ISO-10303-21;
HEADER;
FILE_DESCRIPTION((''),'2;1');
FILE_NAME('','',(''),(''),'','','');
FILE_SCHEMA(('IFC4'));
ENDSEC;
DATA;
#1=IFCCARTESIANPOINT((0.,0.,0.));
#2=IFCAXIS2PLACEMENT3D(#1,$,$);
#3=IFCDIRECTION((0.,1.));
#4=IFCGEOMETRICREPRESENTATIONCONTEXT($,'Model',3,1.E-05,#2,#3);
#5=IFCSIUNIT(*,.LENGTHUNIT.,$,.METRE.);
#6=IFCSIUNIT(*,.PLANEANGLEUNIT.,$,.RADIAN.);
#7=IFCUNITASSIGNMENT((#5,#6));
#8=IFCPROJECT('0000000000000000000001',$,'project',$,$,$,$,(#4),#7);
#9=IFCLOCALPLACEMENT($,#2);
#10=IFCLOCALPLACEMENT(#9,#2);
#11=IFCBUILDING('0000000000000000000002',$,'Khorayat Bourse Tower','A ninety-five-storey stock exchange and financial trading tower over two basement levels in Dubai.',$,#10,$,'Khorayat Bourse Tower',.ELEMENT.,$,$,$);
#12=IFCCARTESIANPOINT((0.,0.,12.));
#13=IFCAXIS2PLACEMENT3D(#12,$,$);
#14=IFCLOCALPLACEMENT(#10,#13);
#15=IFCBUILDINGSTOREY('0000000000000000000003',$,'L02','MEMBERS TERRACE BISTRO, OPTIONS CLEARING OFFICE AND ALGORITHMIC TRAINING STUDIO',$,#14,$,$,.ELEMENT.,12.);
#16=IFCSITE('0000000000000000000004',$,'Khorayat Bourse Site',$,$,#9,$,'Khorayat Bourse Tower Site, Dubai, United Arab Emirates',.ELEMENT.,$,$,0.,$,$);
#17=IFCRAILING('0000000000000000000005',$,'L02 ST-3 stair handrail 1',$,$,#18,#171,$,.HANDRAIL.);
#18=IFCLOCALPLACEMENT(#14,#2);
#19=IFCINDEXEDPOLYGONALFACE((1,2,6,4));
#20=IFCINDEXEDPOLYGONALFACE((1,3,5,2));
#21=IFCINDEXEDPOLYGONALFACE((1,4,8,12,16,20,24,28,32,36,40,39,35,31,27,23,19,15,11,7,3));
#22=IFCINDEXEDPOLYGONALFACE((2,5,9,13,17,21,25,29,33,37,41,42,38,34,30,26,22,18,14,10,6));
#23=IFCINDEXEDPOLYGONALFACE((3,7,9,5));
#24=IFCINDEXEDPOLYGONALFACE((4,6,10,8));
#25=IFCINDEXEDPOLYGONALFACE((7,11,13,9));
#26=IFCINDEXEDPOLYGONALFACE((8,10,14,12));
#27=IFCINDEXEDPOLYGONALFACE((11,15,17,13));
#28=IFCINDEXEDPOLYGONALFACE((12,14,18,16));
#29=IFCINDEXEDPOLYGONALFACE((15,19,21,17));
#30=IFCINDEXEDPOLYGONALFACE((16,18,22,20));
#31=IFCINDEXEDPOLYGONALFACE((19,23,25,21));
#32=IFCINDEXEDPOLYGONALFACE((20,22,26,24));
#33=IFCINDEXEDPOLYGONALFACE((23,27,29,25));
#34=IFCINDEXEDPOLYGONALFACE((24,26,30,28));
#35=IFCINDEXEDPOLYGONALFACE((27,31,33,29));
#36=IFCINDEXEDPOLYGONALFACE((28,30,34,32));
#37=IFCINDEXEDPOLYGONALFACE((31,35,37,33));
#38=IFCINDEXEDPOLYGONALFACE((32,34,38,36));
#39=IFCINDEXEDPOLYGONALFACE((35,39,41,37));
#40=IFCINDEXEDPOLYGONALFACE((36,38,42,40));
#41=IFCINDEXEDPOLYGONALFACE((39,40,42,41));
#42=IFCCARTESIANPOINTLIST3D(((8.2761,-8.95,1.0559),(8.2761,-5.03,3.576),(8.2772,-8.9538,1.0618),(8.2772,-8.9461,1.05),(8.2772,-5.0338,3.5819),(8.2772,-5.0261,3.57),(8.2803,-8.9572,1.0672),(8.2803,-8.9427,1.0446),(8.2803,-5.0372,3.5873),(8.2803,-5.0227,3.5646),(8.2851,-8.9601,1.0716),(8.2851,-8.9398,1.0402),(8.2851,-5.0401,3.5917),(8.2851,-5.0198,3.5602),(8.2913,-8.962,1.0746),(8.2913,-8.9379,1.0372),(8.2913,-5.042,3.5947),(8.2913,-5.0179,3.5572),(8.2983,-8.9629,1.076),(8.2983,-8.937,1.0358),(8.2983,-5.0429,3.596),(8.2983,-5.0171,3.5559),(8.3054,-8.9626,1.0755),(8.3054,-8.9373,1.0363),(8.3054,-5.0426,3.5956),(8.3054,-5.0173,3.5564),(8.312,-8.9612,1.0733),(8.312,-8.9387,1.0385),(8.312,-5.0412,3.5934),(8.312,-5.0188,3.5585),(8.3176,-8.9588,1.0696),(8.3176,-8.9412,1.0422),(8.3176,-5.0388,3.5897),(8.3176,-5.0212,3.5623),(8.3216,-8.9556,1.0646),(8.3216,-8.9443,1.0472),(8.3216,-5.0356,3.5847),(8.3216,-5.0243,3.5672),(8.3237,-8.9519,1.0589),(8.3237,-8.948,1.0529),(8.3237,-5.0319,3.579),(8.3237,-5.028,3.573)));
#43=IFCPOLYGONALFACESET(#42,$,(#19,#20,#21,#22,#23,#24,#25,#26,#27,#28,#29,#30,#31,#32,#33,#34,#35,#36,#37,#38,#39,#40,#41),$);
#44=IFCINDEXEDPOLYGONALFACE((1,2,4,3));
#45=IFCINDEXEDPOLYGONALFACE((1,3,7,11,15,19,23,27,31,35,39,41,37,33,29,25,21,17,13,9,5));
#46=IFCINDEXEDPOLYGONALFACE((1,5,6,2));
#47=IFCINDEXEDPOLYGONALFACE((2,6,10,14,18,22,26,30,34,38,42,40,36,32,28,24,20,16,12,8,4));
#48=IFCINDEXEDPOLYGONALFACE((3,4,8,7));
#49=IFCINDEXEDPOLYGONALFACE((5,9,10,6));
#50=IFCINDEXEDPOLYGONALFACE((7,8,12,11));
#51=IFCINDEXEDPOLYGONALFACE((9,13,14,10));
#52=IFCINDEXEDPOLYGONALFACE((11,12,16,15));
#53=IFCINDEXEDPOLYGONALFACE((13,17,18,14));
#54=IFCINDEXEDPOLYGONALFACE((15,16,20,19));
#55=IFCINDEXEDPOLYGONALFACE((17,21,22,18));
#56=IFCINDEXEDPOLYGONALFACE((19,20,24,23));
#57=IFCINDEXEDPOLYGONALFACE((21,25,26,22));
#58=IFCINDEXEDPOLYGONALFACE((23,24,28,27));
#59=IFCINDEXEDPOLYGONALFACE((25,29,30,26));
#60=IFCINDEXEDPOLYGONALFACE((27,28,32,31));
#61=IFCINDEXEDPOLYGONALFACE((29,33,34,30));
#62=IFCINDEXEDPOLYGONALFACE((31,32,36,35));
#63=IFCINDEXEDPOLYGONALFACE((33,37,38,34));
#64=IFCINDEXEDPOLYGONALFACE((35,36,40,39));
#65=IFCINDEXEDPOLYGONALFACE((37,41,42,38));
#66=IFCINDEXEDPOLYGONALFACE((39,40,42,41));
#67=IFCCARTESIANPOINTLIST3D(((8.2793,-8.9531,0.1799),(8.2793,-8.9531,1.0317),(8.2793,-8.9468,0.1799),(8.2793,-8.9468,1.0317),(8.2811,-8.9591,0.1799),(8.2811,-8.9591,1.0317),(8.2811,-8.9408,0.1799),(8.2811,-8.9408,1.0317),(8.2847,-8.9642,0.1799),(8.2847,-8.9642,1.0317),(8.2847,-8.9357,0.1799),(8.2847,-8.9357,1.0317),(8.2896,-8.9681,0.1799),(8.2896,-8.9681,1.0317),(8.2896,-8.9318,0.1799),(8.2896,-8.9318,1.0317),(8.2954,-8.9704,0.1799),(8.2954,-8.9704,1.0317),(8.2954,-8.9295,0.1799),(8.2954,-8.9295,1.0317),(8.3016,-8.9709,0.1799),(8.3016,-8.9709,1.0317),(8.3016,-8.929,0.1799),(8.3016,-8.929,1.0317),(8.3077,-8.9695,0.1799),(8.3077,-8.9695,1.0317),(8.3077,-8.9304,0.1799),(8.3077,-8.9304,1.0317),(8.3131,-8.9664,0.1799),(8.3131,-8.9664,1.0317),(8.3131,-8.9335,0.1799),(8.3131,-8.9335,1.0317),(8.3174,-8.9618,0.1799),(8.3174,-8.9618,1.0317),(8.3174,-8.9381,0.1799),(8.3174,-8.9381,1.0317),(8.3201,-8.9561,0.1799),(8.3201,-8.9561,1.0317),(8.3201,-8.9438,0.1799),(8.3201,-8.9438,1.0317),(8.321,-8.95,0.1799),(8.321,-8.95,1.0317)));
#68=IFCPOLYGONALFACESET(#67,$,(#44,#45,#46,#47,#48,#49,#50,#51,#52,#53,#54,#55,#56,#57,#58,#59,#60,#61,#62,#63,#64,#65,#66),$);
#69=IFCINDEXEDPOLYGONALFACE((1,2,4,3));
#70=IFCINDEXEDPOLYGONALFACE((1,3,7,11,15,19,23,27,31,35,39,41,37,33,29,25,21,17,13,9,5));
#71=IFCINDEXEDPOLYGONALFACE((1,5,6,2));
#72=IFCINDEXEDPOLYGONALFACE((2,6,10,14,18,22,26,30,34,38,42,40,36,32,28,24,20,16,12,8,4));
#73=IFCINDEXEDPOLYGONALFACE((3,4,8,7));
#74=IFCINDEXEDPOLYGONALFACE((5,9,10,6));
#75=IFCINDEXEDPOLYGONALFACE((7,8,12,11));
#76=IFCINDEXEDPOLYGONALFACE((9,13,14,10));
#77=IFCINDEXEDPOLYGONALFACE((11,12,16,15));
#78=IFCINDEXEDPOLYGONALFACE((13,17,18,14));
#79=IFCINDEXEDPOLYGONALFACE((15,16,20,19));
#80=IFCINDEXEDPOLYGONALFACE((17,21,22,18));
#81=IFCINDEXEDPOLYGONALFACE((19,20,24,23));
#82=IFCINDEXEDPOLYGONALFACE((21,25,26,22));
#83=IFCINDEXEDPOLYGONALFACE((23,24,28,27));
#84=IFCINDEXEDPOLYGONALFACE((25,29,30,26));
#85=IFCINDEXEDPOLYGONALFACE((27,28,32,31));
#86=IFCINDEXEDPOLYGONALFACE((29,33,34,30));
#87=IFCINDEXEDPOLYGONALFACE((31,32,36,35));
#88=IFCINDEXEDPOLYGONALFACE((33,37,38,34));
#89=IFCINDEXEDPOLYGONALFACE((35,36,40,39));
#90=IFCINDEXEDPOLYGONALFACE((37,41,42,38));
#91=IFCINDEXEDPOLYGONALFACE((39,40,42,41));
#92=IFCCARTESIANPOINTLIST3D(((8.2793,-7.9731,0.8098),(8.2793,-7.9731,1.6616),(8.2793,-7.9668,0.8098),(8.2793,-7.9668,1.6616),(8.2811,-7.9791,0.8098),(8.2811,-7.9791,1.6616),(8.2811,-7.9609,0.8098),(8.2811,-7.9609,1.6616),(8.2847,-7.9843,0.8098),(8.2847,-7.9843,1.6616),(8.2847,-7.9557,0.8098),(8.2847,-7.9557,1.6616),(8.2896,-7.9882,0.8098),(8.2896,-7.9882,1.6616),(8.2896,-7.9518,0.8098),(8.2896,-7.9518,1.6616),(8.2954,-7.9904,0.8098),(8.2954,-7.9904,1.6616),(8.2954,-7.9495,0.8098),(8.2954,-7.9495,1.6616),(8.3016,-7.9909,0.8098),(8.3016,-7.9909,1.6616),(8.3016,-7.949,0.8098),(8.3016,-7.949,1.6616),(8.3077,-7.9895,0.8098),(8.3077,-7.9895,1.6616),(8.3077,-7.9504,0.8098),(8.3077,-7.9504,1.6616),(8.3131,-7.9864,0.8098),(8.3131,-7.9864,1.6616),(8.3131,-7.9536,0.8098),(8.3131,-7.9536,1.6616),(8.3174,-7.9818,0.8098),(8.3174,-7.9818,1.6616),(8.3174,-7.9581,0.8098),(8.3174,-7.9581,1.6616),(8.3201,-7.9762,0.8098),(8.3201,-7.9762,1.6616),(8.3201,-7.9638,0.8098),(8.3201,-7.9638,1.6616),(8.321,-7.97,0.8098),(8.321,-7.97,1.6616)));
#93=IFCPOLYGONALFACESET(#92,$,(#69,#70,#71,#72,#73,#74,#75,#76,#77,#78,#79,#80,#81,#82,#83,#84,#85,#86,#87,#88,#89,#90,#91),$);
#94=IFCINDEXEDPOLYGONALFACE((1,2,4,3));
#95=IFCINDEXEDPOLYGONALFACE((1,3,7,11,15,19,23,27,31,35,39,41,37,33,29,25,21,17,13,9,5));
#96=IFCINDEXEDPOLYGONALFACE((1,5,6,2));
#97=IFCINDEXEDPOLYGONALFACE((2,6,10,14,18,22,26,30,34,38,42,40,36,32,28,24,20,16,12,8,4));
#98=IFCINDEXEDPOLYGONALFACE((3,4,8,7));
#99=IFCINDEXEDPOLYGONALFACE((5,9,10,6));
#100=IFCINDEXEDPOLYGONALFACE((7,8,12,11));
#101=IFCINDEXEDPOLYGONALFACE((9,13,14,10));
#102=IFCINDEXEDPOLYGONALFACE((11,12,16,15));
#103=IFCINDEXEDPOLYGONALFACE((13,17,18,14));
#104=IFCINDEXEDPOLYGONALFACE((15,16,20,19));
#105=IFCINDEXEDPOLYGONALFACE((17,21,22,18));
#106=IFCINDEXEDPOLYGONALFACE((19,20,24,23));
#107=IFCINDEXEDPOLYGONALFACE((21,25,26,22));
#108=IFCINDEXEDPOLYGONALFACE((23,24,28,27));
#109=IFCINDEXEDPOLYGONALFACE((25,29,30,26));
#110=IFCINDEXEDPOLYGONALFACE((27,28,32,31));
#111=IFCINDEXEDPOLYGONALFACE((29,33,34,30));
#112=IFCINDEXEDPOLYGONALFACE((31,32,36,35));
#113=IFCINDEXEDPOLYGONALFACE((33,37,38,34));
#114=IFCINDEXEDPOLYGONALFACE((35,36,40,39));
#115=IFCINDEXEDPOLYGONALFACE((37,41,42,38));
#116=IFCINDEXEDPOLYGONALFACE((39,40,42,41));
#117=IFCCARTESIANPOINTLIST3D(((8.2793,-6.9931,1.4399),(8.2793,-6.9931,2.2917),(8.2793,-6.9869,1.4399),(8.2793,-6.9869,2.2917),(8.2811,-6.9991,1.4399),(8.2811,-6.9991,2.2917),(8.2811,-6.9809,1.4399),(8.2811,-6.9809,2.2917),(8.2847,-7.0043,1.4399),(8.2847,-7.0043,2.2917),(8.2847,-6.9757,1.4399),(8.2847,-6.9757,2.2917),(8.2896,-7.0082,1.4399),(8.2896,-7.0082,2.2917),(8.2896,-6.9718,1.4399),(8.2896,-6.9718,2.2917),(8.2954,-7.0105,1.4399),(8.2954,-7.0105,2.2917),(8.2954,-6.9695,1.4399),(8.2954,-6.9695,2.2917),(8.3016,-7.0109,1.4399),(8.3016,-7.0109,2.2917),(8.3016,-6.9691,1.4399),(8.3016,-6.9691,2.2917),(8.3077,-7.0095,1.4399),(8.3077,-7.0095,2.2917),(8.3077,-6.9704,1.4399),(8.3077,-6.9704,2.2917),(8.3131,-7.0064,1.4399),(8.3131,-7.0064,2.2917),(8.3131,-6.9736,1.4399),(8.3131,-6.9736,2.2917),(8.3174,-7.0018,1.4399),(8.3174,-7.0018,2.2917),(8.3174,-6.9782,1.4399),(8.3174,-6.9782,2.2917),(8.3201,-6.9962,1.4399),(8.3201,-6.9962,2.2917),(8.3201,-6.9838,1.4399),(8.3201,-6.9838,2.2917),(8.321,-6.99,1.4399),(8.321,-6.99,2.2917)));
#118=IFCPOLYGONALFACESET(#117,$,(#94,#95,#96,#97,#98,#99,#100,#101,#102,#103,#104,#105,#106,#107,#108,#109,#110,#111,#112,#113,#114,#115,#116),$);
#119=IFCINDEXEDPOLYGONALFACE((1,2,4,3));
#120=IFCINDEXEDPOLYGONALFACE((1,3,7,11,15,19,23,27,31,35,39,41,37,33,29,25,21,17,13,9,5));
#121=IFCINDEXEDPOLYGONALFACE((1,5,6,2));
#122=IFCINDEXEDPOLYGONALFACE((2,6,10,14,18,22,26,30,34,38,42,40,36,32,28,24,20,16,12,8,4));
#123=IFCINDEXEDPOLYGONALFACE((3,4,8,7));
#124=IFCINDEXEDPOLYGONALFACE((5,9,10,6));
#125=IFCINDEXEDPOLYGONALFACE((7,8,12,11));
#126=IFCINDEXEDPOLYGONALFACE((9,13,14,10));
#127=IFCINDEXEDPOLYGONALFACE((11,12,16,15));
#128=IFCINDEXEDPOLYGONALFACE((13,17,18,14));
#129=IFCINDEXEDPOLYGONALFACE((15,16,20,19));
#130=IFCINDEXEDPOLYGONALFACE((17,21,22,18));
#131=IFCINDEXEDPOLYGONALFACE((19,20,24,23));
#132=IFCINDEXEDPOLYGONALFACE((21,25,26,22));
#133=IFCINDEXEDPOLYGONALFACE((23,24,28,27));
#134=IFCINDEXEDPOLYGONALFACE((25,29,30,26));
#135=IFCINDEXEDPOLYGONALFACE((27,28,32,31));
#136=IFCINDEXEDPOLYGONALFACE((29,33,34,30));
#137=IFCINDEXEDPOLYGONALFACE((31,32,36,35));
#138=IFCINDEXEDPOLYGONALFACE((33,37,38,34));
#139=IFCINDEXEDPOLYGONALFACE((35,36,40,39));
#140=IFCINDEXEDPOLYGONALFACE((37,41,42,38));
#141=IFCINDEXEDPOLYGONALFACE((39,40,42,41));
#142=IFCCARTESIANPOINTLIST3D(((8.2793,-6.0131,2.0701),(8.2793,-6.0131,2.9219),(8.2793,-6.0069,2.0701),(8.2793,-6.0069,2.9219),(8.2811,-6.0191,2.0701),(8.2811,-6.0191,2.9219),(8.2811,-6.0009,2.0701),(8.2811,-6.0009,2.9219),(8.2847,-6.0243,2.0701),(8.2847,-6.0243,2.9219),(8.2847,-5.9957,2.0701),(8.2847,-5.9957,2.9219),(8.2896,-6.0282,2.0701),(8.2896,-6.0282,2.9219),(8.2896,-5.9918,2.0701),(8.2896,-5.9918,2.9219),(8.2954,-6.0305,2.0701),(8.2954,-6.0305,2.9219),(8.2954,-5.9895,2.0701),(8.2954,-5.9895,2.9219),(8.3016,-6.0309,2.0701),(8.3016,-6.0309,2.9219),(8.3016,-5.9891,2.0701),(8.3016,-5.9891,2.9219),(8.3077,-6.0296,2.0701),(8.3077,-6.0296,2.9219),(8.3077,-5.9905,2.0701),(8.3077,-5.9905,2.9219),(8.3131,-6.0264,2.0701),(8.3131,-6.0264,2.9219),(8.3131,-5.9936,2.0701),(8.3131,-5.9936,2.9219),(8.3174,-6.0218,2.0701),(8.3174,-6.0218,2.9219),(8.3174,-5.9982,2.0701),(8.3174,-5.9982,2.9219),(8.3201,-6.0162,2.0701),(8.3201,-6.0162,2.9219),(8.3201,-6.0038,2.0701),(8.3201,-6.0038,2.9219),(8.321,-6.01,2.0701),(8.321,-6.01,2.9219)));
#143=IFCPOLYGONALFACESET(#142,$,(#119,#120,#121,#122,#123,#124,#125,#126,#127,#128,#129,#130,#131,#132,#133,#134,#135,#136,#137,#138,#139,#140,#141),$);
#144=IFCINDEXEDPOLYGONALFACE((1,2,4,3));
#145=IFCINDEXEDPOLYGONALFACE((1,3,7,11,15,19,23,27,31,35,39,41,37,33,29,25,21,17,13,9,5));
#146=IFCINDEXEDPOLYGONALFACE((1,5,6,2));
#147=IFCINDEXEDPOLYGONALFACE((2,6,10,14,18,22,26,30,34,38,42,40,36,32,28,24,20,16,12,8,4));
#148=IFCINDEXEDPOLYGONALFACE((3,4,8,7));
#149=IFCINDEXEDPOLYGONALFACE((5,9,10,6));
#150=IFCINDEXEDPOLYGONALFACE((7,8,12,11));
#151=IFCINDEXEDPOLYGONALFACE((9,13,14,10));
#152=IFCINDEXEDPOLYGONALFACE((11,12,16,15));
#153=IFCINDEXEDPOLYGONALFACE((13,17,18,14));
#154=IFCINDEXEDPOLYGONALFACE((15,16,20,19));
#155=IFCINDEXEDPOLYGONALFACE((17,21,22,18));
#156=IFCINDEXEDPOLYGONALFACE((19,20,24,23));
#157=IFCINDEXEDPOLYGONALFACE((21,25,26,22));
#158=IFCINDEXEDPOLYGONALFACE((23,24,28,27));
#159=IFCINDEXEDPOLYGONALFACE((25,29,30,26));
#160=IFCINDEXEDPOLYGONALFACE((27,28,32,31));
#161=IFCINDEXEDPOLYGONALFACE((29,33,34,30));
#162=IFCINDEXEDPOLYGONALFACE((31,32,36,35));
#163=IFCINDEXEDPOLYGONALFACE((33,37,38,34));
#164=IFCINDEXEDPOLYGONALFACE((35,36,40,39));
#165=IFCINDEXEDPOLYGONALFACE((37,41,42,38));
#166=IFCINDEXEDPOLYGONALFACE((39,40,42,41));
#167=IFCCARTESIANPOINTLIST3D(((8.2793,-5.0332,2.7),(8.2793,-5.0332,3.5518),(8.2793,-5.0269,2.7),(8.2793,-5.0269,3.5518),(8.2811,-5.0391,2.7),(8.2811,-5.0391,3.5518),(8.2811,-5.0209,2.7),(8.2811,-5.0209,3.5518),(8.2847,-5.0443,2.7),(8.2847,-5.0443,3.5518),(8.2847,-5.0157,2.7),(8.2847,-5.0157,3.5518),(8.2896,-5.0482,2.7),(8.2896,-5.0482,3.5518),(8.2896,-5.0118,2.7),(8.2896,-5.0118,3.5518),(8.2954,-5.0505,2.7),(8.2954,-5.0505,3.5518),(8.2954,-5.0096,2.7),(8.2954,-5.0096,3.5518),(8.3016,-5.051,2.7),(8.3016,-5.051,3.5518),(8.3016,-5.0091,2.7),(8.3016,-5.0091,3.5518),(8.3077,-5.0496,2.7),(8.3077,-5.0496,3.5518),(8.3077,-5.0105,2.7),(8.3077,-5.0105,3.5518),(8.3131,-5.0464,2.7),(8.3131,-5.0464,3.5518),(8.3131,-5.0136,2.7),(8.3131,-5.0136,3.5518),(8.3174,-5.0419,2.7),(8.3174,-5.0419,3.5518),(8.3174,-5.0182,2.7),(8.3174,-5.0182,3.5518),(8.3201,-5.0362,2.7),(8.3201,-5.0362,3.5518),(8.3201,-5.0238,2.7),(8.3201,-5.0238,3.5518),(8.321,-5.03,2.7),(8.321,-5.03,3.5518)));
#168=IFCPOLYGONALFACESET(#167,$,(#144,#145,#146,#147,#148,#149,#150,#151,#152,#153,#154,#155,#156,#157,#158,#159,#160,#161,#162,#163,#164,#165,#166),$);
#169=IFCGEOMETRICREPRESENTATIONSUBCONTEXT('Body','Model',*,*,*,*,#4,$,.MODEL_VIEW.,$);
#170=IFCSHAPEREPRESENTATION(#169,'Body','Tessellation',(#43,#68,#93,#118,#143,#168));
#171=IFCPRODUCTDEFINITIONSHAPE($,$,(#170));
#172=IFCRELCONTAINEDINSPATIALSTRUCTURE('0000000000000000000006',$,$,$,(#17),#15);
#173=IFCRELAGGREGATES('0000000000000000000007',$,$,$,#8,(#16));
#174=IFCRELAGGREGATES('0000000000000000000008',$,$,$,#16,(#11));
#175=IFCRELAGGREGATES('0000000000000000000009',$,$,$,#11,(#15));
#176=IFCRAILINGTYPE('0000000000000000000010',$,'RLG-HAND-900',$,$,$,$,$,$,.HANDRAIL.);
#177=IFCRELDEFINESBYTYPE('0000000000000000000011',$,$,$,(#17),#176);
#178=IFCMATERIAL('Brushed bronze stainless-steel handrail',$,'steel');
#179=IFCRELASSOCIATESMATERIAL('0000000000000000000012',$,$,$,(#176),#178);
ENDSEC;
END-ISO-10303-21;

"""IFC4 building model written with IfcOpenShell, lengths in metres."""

from ifc_helpers import new_model, si_unit, direction, frame, origin, origin_2d, place, context, subcontext, project, spatial, circle, extrude, source, transform, mapped, material, type_object, element, save


model = new_model("IFC4")

# Units and contexts
model_context = context("Model", 3, precision=1e-05, world=origin(), true_north=direction((0.0, 1.0)))
body_context = subcontext(model_context, "Body", "Model", "MODEL_VIEW")
ifc_project = project(units=[si_unit("LENGTHUNIT", "METRE"), si_unit("PLANEANGLEUNIT", "RADIAN")], contexts=[model_context])

# Site, building, storey
site_placement = place(None, origin())
site = spatial("IfcSite", under=ifc_project, at=site_placement, Name="Khorayat Bourse Site", LongName="Khorayat Bourse Tower Site, Dubai, United Arab Emirates", CompositionType="ELEMENT", RefElevation=0.0)
building_placement = place(site_placement, origin())
building = spatial("IfcBuilding", under=site, at=building_placement, Name="Khorayat Bourse Tower", Description="A ninety-five-storey stock exchange and financial trading tower over two basement levels in Dubai.", LongName="Khorayat Bourse Tower", CompositionType="ELEMENT")
storey_placement = place(building_placement, frame((0.0, 0.0, 12.0)))
storey = spatial("IfcBuildingStorey", under=building, at=storey_placement, Name="L02", Description="MEMBERS TERRACE BISTRO, OPTIONS CLEARING OFFICE AND ALGORITHMIC TRAINING STUDIO", CompositionType="ELEMENT", Elevation=12.0)

# Railing
ifc_material_1 = material(Name="Brushed bronze stainless-steel handrail", Category="steel")
railing_type_1 = type_object("IfcRailingType", Name="RLG-HAND-900", PredefinedType="HANDRAIL", material=ifc_material_1)
shared_shape_1 = source(origin(), body_context, "Body", "SweptSolid", [
    extrude(circle(Radius=0.0239, at=origin_2d()), frame((0.0, 0.0, 0.876), z_axis=(0.0, 0.841172, 0.540768), x_axis=(-1.0, 0.0, 0.0)), (0.0, 0.0, 1.0), 4.6602),
    extrude(circle(Radius=0.021, at=origin_2d()), origin(), (0.0, 0.0, 1.0), 0.8518),
    extrude(circle(Radius=0.021, at=origin_2d()), frame((0.0, 0.98, 0.6299)), (0.0, 0.0, 1.0), 0.8518),
    extrude(circle(Radius=0.021, at=origin_2d()), frame((0.0, 1.96, 1.26)), (0.0, 0.0, 1.0), 0.8518),
    extrude(circle(Radius=0.021, at=origin_2d()), frame((0.0, 2.9399, 1.8901)), (0.0, 0.0, 1.0), 0.8518),
    extrude(circle(Radius=0.021, at=origin_2d()), frame((0.0, 3.9199, 2.52)), (0.0, 0.0, 1.0), 0.8518),
])
railing_1_placement = place(storey_placement, frame((8.3, -8.95, 0.1799)))
element("IfcRailing", 1, at=railing_1_placement, inside=storey, type_object=railing_type_1, Name="L02 ST-3 stair handrail 1", PredefinedType="HANDRAIL", context=body_context, shape_type="MappedRepresentation", body=[
    mapped(shared_shape_1, transform((0.0, 0.0, 0.0), scale=1.0)),
])

save(model, "model.ifc")
